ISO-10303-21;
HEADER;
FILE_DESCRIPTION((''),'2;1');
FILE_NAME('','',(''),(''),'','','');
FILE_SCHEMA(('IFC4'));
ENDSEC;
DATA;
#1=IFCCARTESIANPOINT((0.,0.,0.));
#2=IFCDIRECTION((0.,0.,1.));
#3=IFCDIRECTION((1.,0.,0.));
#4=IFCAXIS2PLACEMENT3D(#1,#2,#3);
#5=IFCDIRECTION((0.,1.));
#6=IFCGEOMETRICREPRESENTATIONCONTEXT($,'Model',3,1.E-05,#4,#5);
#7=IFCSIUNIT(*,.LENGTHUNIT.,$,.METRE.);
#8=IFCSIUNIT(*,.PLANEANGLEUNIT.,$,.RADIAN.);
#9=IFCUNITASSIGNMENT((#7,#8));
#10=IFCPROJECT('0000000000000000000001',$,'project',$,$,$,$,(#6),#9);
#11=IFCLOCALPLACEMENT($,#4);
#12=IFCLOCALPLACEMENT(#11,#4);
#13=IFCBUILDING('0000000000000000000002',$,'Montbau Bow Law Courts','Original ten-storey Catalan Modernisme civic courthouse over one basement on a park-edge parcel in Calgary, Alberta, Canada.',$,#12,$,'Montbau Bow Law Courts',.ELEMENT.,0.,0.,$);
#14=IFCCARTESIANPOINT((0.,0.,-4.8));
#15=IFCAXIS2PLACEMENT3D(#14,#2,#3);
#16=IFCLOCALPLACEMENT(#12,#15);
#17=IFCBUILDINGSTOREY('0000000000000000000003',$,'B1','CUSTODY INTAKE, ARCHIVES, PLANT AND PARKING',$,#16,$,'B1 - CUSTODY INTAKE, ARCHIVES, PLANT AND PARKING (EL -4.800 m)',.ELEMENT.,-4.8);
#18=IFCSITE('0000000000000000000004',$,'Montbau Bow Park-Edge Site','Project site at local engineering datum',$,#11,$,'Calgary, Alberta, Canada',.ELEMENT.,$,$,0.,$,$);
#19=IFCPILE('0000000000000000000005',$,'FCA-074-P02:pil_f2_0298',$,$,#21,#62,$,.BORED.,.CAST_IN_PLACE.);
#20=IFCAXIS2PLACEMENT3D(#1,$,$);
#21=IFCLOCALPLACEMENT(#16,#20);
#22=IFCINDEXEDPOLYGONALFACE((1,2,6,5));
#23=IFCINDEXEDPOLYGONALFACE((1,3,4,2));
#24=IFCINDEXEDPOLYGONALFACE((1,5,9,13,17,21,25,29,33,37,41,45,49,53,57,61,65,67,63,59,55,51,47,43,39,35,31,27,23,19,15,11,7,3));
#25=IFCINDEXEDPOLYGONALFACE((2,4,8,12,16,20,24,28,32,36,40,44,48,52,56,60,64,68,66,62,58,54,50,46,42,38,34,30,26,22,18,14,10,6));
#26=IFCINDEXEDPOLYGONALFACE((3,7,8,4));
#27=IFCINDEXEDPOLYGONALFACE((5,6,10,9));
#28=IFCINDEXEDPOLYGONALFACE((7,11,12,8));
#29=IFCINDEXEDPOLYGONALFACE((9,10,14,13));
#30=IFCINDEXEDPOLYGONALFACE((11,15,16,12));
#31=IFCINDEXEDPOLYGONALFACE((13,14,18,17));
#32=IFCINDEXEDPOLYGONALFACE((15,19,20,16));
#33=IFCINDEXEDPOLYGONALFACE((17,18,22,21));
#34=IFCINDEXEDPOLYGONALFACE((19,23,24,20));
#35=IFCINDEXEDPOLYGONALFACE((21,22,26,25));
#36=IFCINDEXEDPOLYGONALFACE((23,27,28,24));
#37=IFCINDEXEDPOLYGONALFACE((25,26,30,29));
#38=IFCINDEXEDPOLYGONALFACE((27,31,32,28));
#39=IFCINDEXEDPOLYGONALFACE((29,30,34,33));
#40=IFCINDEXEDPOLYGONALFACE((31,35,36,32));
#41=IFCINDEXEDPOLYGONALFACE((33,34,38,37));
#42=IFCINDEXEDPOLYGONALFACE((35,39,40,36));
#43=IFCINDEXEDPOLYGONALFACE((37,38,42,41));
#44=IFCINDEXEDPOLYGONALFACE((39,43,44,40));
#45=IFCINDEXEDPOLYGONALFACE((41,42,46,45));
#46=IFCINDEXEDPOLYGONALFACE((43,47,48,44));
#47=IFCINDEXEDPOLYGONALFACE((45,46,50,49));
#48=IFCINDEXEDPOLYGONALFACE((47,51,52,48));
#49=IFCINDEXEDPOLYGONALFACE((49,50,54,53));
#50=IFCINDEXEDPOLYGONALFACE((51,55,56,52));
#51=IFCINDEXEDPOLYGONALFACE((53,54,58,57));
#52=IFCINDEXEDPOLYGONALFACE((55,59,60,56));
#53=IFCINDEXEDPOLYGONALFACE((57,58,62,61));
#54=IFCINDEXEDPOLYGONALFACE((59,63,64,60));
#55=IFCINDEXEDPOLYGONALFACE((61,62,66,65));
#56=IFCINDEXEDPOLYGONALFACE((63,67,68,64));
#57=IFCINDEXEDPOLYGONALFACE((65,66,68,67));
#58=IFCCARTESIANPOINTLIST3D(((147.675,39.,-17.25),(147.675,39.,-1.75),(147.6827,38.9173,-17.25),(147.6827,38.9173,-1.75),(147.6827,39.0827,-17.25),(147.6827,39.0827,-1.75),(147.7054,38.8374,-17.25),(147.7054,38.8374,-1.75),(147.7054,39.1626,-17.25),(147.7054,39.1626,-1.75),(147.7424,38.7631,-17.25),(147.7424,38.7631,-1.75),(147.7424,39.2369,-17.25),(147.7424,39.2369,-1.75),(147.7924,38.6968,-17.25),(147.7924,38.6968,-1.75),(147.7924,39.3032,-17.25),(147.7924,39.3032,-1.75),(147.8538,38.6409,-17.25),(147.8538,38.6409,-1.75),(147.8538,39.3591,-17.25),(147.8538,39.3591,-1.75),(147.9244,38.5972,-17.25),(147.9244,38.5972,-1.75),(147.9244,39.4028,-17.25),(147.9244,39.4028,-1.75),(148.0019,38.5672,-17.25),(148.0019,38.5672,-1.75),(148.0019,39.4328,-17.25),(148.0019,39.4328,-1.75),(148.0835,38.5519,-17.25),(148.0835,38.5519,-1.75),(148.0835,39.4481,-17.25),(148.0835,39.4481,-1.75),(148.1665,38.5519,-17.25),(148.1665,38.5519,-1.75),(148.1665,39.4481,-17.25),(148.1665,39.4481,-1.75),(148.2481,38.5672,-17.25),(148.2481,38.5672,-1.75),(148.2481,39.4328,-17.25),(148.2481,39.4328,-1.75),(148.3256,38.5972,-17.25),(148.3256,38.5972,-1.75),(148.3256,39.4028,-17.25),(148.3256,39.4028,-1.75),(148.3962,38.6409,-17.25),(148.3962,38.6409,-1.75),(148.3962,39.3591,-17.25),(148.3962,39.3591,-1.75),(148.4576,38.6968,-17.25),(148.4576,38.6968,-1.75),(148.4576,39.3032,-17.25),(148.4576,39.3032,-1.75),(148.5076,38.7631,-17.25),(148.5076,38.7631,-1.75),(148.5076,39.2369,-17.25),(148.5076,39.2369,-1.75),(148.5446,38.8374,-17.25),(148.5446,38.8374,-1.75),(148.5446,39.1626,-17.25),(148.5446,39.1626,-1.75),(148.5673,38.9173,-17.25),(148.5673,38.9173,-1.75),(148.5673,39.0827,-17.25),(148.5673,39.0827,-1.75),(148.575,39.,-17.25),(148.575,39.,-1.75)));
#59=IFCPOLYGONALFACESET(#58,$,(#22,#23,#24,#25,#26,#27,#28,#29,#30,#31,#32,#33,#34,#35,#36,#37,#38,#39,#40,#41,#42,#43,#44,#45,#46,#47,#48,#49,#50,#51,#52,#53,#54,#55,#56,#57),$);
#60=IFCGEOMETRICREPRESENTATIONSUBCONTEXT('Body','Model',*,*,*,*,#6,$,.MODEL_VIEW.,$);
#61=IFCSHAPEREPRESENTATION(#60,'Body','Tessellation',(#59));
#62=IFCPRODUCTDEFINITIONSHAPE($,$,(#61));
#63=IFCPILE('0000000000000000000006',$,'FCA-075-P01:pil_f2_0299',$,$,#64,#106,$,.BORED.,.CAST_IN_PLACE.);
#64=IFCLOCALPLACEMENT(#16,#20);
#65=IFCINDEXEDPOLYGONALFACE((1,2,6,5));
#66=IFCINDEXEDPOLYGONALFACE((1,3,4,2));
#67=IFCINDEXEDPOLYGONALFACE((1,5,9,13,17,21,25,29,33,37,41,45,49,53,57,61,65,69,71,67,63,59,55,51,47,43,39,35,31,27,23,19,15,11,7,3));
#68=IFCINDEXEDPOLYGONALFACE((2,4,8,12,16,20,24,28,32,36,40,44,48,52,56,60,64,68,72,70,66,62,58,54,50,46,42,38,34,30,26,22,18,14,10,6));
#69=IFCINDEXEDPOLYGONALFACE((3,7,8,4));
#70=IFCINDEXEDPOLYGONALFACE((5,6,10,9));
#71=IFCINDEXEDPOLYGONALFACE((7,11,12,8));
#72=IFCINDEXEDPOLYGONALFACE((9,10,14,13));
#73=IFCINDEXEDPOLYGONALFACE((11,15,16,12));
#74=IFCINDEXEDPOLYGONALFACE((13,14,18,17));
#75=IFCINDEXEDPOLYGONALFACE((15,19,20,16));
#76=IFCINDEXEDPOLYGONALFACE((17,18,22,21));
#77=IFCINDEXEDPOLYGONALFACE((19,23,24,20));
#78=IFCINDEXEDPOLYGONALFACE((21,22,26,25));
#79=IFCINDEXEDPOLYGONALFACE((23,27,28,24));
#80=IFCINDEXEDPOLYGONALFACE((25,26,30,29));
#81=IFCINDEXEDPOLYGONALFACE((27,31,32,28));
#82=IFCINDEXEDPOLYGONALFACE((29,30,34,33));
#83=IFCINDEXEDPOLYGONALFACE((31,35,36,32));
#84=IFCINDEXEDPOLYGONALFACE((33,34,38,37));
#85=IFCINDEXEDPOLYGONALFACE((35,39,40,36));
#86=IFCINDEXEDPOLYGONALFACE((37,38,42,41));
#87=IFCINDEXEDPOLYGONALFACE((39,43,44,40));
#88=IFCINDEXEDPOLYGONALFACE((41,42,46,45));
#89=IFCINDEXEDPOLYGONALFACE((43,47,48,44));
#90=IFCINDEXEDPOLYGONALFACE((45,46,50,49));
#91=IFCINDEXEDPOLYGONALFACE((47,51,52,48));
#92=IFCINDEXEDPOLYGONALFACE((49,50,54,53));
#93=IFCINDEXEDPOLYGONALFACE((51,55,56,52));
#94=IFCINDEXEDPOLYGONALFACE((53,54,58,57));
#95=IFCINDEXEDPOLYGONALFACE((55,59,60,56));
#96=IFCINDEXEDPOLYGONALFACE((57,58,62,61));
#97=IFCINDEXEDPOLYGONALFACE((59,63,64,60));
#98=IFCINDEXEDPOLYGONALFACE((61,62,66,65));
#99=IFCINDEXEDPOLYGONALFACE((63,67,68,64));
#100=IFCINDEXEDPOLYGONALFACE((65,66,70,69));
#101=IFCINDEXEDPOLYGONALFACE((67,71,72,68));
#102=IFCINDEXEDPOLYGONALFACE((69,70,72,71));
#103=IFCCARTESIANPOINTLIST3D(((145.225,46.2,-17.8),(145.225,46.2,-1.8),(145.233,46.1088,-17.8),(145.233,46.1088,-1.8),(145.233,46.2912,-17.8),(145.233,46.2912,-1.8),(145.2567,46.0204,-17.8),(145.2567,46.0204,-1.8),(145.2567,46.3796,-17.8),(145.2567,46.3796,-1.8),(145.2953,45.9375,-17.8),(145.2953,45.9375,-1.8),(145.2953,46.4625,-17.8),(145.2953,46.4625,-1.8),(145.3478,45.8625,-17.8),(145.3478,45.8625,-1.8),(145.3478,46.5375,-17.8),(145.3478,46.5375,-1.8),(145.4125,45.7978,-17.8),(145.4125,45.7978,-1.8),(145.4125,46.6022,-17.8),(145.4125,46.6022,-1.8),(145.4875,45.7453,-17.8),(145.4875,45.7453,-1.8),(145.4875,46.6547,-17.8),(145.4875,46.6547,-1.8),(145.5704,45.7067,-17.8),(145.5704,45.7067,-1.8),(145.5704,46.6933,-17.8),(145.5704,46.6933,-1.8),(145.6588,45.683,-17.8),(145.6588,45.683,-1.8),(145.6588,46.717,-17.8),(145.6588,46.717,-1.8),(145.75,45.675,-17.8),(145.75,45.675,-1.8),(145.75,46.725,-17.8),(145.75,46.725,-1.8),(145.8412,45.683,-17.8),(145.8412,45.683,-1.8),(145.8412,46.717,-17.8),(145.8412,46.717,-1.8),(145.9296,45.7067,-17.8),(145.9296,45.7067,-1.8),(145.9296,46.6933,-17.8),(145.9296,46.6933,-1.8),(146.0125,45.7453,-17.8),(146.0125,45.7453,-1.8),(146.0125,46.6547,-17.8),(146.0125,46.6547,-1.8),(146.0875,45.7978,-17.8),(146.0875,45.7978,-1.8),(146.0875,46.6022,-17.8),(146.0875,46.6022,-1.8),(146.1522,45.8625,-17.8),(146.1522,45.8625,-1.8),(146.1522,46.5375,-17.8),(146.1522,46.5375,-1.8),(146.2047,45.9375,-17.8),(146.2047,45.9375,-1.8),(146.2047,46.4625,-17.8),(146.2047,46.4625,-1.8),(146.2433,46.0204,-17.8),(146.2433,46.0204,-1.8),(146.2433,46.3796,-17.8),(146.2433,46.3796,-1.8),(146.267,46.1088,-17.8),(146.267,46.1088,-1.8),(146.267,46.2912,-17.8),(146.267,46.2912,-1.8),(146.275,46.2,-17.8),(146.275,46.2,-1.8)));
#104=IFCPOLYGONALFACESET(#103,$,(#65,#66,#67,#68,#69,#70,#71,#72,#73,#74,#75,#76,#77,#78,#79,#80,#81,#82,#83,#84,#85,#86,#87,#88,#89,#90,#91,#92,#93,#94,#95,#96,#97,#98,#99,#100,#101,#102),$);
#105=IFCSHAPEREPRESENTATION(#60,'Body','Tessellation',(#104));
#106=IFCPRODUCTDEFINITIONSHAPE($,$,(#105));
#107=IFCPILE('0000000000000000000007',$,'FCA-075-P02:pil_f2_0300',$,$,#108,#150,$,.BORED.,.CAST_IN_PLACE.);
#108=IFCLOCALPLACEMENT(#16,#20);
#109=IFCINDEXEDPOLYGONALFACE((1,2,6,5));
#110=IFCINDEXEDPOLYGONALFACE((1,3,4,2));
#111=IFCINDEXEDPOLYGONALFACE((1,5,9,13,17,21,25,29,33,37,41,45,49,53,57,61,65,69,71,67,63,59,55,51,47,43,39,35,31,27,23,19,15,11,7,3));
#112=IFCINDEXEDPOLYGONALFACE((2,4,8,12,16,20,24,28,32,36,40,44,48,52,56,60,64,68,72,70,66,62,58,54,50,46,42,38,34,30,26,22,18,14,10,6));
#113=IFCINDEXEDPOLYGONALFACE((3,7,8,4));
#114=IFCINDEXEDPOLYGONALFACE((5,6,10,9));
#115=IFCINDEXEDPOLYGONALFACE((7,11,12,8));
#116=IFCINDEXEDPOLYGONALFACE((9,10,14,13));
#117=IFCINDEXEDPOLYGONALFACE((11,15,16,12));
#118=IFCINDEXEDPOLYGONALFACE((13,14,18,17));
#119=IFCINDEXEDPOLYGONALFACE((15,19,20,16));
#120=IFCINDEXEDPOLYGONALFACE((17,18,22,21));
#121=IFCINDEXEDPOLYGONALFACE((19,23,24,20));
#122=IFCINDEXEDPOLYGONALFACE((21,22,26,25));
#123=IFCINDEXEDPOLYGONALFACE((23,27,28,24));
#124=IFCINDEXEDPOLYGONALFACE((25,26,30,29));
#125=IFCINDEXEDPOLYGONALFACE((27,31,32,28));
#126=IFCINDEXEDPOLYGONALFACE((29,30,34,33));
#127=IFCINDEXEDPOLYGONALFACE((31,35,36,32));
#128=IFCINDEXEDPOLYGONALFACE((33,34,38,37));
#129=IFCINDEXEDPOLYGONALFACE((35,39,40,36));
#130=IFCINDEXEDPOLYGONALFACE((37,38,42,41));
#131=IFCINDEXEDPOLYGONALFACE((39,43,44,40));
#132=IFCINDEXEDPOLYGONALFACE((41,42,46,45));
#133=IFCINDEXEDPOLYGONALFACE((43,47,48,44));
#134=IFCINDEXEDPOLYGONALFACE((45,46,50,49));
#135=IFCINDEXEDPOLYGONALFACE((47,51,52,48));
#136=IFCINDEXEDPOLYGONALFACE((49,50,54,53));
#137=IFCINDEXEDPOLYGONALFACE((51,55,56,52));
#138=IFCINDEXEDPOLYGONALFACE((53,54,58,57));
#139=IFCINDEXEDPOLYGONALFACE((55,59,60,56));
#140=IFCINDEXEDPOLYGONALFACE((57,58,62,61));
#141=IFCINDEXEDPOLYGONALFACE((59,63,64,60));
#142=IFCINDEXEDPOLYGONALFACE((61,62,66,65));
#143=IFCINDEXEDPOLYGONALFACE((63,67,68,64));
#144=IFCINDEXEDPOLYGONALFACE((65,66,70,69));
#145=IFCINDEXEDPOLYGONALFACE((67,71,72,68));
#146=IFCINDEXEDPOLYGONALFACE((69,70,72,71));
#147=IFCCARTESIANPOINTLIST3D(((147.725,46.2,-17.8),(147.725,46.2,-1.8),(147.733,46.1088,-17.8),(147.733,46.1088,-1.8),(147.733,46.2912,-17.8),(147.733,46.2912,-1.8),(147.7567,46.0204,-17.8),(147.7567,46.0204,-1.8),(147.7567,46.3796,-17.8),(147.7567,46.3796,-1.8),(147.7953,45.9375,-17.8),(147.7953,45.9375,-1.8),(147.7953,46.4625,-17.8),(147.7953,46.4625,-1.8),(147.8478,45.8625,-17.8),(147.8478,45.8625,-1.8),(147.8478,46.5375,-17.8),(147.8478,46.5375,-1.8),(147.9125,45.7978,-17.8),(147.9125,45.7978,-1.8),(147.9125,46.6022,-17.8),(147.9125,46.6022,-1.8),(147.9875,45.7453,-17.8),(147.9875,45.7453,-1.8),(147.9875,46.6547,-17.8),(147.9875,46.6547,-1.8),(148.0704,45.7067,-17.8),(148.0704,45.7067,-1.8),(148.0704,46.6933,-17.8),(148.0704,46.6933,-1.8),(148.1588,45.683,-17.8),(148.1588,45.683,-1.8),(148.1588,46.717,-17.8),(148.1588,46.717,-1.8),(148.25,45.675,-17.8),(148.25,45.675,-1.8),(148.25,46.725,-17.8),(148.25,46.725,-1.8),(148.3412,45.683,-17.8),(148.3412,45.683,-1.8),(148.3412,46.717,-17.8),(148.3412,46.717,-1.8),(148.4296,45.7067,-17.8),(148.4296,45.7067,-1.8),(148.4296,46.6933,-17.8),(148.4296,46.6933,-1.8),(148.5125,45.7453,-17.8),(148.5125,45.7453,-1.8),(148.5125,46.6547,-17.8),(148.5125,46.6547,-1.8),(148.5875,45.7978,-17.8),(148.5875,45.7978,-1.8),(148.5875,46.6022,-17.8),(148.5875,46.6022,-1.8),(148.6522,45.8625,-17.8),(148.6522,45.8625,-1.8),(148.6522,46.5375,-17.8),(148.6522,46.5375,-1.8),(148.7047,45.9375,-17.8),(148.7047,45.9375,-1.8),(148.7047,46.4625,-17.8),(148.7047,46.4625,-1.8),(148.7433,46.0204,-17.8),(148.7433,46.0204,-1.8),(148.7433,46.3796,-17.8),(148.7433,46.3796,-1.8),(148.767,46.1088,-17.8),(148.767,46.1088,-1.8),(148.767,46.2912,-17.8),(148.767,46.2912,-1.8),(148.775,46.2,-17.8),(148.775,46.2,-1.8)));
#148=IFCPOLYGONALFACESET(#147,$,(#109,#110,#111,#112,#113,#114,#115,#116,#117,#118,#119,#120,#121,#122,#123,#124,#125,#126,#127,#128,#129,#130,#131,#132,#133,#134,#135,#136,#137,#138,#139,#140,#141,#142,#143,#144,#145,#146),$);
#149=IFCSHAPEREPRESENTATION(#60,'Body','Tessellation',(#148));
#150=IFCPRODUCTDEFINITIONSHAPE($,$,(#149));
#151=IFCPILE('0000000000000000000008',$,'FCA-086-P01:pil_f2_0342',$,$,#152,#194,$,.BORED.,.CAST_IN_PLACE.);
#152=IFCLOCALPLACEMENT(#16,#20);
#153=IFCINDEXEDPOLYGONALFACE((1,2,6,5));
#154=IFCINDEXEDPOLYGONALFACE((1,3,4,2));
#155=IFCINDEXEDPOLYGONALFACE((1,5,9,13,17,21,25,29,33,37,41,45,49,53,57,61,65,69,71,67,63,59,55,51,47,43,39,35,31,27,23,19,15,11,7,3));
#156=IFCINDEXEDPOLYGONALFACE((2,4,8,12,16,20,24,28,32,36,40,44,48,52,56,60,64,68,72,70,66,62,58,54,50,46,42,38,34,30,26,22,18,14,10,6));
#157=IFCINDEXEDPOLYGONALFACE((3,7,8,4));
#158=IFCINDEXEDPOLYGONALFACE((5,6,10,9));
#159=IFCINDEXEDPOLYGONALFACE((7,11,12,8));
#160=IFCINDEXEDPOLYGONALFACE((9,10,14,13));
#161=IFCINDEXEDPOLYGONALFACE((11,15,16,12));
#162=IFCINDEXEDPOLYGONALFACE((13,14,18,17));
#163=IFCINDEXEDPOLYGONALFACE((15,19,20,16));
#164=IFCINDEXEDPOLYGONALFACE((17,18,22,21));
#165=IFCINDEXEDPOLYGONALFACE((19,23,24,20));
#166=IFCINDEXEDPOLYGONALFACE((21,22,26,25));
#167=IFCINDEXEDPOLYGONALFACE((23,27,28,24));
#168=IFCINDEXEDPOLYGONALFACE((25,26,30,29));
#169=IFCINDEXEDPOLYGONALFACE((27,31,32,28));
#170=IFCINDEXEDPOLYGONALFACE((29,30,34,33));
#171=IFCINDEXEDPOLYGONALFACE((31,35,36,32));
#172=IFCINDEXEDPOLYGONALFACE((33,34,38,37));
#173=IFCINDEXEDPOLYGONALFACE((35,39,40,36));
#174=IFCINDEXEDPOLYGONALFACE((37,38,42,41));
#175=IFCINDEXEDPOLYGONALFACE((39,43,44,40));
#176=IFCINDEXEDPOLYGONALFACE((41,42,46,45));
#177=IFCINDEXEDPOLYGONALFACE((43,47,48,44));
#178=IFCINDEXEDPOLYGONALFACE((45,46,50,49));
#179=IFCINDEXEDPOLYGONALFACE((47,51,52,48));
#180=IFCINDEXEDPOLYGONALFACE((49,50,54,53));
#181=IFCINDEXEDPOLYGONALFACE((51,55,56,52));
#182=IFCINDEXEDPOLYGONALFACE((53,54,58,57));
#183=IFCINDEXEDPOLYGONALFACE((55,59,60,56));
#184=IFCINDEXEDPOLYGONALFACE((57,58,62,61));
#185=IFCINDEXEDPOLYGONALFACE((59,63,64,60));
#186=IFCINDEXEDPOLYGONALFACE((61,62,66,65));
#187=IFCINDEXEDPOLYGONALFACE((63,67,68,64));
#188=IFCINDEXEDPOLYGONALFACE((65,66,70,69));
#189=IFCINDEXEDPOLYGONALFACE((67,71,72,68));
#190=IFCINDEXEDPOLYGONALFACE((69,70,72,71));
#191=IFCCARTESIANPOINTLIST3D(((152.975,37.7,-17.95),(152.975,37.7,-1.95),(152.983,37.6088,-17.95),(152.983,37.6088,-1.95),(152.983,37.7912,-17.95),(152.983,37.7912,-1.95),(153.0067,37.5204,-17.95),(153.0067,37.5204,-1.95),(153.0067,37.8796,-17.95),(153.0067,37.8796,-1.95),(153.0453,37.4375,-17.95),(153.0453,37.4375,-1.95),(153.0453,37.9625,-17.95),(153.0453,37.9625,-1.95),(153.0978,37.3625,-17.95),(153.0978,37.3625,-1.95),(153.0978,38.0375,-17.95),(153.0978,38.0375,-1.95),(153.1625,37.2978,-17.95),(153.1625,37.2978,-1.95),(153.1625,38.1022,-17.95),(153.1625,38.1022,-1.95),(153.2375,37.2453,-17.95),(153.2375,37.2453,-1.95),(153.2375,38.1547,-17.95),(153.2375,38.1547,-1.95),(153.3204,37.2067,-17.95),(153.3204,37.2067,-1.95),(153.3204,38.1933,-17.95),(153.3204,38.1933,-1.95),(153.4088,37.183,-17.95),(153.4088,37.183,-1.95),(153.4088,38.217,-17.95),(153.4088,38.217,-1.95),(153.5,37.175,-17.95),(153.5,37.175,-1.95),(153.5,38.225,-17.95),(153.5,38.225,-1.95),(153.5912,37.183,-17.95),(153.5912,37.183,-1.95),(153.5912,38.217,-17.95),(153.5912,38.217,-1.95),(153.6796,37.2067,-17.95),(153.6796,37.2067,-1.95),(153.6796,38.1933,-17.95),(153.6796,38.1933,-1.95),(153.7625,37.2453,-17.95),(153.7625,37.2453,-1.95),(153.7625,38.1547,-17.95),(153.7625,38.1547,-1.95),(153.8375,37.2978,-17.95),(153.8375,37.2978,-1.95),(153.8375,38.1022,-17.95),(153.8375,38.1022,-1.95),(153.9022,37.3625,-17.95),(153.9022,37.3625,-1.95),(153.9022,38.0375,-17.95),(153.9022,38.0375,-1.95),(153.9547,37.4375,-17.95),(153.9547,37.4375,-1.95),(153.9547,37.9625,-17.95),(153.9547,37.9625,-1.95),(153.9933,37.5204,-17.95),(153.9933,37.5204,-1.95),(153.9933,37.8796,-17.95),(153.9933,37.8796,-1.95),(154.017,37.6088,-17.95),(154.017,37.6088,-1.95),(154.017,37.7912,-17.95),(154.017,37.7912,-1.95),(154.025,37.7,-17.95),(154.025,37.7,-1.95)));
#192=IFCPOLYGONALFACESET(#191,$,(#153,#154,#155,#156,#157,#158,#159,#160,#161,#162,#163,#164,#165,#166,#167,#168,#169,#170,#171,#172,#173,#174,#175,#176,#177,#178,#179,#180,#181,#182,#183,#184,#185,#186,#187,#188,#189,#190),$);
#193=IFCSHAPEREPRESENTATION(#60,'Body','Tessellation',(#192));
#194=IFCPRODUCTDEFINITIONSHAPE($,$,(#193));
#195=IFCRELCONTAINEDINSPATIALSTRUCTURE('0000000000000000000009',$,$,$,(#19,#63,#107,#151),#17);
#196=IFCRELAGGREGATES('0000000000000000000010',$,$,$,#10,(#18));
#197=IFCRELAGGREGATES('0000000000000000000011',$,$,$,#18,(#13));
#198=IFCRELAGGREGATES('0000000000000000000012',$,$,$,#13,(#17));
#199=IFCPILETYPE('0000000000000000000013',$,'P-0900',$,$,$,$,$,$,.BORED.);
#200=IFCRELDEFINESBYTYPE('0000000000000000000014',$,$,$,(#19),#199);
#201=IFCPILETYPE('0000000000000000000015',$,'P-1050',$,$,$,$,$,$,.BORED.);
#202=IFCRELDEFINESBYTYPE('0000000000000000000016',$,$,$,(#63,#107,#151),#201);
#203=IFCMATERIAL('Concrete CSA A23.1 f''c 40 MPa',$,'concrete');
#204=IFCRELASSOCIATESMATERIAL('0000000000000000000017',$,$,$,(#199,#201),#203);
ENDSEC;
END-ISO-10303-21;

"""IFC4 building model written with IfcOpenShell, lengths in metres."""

from ifc_helpers import new_model, si_unit, direction, frame, origin_with_axes, origin_2d_with_axis, place, context, subcontext, project, spatial, circle, extrude, material, material_profile, profile_set, type_object, element, save


model = new_model("IFC4")

# Units and contexts
model_context = context("Model", 3, precision=1e-05, world=origin_with_axes(), true_north=direction((0.0, 1.0)))
body_context = subcontext(model_context, "Body", "Model", "MODEL_VIEW")
ifc_project = project(units=[si_unit("LENGTHUNIT", "METRE"), si_unit("PLANEANGLEUNIT", "RADIAN")], contexts=[model_context])

# Site, building, storey
site_placement = place(None, origin_with_axes())
site = spatial("IfcSite", under=ifc_project, at=site_placement, Name="Montbau Bow Park-Edge Site", Description="Project site at local engineering datum", LongName="Calgary, Alberta, Canada", CompositionType="ELEMENT", RefElevation=0.0)
building_placement = place(site_placement, origin_with_axes())
building = spatial("IfcBuilding", under=site, at=building_placement, Name="Montbau Bow Law Courts", Description="Original ten-storey Catalan Modernisme civic courthouse over one basement on a park-edge parcel in Calgary, Alberta, Canada.", LongName="Montbau Bow Law Courts", CompositionType="ELEMENT", ElevationOfRefHeight=0.0, ElevationOfTerrain=0.0)
storey_placement = place(building_placement, frame((0.0, 0.0, -4.8), z_axis=(0.0, 0.0, 1.0), x_axis=(1.0, 0.0, 0.0)))
storey = spatial("IfcBuildingStorey", under=building, at=storey_placement, Name="B1", Description="CUSTODY INTAKE, ARCHIVES, PLANT AND PARKING", LongName="B1 - CUSTODY INTAKE, ARCHIVES, PLANT AND PARKING (EL -4.800 m)", CompositionType="ELEMENT", Elevation=-4.8)

# Piles
ifc_material_1 = material(Name="Concrete CSA A23.1 f'c 40 MPa", Category="concrete")
ifc_material_profile_1 = material_profile(ifc_material_1, circle(Radius=0.45, at=origin_2d_with_axis()), Name="BP900", Category="Main", Priority=0)
ifc_profile_set_1 = profile_set([ifc_material_profile_1], Name="Concrete CSA A23.1 f'c 40 MPa")
pile_type_1 = type_object("IfcPileType", Name="P-0900", PredefinedType="BORED", material=ifc_profile_set_1)
for number, where, z_axis, x_axis, name in (
    (1, (148.125, 39.0, -22.05), (0.0, 0.0, 1.0), (1.0, 0.0, 0.0), "FCA-074-P02:pil_f2_0298"),
):
    element("IfcPile", number, at=place(None, frame(where, z_axis=z_axis, x_axis=x_axis)), inside=storey, type_object=pile_type_1, Name=name, ConstructionType="CAST_IN_PLACE", PredefinedType="BORED", context=body_context, shape_type="SweptSolid", body=[
        extrude(circle(Radius=0.45, at=origin_2d_with_axis()), origin_with_axes(), (0.0, 0.0, 1.0), 15.5),
    ])
ifc_material_profile_2 = material_profile(ifc_material_1, circle(Radius=0.525, at=origin_2d_with_axis()), Name="BP1050", Category="Main", Priority=0)
ifc_profile_set_2 = profile_set([ifc_material_profile_2], Name="Concrete CSA A23.1 f'c 40 MPa")
pile_type_2 = type_object("IfcPileType", Name="P-1050", PredefinedType="BORED", material=ifc_profile_set_2)
for number, where, z_axis, x_axis, name in (
    (2, (145.75, 46.2, -22.6), (0.0, 0.0, 1.0), (1.0, 0.0, 0.0), "FCA-075-P01:pil_f2_0299"),
    (3, (148.25, 46.2, -22.6), (0.0, 0.0, 1.0), (1.0, 0.0, 0.0), "FCA-075-P02:pil_f2_0300"),
    (4, (153.5, 37.7, -22.75), (0.0, 0.0, 1.0), (1.0, 0.0, 0.0), "FCA-086-P01:pil_f2_0342"),
):
    element("IfcPile", number, at=place(None, frame(where, z_axis=z_axis, x_axis=x_axis)), inside=storey, type_object=pile_type_2, Name=name, ConstructionType="CAST_IN_PLACE", PredefinedType="BORED", context=body_context, shape_type="SweptSolid", body=[
        extrude(circle(Radius=0.525, at=origin_2d_with_axis()), origin_with_axes(), (0.0, 0.0, 1.0), 16.0),
    ])

save(model, "model.ifc")
